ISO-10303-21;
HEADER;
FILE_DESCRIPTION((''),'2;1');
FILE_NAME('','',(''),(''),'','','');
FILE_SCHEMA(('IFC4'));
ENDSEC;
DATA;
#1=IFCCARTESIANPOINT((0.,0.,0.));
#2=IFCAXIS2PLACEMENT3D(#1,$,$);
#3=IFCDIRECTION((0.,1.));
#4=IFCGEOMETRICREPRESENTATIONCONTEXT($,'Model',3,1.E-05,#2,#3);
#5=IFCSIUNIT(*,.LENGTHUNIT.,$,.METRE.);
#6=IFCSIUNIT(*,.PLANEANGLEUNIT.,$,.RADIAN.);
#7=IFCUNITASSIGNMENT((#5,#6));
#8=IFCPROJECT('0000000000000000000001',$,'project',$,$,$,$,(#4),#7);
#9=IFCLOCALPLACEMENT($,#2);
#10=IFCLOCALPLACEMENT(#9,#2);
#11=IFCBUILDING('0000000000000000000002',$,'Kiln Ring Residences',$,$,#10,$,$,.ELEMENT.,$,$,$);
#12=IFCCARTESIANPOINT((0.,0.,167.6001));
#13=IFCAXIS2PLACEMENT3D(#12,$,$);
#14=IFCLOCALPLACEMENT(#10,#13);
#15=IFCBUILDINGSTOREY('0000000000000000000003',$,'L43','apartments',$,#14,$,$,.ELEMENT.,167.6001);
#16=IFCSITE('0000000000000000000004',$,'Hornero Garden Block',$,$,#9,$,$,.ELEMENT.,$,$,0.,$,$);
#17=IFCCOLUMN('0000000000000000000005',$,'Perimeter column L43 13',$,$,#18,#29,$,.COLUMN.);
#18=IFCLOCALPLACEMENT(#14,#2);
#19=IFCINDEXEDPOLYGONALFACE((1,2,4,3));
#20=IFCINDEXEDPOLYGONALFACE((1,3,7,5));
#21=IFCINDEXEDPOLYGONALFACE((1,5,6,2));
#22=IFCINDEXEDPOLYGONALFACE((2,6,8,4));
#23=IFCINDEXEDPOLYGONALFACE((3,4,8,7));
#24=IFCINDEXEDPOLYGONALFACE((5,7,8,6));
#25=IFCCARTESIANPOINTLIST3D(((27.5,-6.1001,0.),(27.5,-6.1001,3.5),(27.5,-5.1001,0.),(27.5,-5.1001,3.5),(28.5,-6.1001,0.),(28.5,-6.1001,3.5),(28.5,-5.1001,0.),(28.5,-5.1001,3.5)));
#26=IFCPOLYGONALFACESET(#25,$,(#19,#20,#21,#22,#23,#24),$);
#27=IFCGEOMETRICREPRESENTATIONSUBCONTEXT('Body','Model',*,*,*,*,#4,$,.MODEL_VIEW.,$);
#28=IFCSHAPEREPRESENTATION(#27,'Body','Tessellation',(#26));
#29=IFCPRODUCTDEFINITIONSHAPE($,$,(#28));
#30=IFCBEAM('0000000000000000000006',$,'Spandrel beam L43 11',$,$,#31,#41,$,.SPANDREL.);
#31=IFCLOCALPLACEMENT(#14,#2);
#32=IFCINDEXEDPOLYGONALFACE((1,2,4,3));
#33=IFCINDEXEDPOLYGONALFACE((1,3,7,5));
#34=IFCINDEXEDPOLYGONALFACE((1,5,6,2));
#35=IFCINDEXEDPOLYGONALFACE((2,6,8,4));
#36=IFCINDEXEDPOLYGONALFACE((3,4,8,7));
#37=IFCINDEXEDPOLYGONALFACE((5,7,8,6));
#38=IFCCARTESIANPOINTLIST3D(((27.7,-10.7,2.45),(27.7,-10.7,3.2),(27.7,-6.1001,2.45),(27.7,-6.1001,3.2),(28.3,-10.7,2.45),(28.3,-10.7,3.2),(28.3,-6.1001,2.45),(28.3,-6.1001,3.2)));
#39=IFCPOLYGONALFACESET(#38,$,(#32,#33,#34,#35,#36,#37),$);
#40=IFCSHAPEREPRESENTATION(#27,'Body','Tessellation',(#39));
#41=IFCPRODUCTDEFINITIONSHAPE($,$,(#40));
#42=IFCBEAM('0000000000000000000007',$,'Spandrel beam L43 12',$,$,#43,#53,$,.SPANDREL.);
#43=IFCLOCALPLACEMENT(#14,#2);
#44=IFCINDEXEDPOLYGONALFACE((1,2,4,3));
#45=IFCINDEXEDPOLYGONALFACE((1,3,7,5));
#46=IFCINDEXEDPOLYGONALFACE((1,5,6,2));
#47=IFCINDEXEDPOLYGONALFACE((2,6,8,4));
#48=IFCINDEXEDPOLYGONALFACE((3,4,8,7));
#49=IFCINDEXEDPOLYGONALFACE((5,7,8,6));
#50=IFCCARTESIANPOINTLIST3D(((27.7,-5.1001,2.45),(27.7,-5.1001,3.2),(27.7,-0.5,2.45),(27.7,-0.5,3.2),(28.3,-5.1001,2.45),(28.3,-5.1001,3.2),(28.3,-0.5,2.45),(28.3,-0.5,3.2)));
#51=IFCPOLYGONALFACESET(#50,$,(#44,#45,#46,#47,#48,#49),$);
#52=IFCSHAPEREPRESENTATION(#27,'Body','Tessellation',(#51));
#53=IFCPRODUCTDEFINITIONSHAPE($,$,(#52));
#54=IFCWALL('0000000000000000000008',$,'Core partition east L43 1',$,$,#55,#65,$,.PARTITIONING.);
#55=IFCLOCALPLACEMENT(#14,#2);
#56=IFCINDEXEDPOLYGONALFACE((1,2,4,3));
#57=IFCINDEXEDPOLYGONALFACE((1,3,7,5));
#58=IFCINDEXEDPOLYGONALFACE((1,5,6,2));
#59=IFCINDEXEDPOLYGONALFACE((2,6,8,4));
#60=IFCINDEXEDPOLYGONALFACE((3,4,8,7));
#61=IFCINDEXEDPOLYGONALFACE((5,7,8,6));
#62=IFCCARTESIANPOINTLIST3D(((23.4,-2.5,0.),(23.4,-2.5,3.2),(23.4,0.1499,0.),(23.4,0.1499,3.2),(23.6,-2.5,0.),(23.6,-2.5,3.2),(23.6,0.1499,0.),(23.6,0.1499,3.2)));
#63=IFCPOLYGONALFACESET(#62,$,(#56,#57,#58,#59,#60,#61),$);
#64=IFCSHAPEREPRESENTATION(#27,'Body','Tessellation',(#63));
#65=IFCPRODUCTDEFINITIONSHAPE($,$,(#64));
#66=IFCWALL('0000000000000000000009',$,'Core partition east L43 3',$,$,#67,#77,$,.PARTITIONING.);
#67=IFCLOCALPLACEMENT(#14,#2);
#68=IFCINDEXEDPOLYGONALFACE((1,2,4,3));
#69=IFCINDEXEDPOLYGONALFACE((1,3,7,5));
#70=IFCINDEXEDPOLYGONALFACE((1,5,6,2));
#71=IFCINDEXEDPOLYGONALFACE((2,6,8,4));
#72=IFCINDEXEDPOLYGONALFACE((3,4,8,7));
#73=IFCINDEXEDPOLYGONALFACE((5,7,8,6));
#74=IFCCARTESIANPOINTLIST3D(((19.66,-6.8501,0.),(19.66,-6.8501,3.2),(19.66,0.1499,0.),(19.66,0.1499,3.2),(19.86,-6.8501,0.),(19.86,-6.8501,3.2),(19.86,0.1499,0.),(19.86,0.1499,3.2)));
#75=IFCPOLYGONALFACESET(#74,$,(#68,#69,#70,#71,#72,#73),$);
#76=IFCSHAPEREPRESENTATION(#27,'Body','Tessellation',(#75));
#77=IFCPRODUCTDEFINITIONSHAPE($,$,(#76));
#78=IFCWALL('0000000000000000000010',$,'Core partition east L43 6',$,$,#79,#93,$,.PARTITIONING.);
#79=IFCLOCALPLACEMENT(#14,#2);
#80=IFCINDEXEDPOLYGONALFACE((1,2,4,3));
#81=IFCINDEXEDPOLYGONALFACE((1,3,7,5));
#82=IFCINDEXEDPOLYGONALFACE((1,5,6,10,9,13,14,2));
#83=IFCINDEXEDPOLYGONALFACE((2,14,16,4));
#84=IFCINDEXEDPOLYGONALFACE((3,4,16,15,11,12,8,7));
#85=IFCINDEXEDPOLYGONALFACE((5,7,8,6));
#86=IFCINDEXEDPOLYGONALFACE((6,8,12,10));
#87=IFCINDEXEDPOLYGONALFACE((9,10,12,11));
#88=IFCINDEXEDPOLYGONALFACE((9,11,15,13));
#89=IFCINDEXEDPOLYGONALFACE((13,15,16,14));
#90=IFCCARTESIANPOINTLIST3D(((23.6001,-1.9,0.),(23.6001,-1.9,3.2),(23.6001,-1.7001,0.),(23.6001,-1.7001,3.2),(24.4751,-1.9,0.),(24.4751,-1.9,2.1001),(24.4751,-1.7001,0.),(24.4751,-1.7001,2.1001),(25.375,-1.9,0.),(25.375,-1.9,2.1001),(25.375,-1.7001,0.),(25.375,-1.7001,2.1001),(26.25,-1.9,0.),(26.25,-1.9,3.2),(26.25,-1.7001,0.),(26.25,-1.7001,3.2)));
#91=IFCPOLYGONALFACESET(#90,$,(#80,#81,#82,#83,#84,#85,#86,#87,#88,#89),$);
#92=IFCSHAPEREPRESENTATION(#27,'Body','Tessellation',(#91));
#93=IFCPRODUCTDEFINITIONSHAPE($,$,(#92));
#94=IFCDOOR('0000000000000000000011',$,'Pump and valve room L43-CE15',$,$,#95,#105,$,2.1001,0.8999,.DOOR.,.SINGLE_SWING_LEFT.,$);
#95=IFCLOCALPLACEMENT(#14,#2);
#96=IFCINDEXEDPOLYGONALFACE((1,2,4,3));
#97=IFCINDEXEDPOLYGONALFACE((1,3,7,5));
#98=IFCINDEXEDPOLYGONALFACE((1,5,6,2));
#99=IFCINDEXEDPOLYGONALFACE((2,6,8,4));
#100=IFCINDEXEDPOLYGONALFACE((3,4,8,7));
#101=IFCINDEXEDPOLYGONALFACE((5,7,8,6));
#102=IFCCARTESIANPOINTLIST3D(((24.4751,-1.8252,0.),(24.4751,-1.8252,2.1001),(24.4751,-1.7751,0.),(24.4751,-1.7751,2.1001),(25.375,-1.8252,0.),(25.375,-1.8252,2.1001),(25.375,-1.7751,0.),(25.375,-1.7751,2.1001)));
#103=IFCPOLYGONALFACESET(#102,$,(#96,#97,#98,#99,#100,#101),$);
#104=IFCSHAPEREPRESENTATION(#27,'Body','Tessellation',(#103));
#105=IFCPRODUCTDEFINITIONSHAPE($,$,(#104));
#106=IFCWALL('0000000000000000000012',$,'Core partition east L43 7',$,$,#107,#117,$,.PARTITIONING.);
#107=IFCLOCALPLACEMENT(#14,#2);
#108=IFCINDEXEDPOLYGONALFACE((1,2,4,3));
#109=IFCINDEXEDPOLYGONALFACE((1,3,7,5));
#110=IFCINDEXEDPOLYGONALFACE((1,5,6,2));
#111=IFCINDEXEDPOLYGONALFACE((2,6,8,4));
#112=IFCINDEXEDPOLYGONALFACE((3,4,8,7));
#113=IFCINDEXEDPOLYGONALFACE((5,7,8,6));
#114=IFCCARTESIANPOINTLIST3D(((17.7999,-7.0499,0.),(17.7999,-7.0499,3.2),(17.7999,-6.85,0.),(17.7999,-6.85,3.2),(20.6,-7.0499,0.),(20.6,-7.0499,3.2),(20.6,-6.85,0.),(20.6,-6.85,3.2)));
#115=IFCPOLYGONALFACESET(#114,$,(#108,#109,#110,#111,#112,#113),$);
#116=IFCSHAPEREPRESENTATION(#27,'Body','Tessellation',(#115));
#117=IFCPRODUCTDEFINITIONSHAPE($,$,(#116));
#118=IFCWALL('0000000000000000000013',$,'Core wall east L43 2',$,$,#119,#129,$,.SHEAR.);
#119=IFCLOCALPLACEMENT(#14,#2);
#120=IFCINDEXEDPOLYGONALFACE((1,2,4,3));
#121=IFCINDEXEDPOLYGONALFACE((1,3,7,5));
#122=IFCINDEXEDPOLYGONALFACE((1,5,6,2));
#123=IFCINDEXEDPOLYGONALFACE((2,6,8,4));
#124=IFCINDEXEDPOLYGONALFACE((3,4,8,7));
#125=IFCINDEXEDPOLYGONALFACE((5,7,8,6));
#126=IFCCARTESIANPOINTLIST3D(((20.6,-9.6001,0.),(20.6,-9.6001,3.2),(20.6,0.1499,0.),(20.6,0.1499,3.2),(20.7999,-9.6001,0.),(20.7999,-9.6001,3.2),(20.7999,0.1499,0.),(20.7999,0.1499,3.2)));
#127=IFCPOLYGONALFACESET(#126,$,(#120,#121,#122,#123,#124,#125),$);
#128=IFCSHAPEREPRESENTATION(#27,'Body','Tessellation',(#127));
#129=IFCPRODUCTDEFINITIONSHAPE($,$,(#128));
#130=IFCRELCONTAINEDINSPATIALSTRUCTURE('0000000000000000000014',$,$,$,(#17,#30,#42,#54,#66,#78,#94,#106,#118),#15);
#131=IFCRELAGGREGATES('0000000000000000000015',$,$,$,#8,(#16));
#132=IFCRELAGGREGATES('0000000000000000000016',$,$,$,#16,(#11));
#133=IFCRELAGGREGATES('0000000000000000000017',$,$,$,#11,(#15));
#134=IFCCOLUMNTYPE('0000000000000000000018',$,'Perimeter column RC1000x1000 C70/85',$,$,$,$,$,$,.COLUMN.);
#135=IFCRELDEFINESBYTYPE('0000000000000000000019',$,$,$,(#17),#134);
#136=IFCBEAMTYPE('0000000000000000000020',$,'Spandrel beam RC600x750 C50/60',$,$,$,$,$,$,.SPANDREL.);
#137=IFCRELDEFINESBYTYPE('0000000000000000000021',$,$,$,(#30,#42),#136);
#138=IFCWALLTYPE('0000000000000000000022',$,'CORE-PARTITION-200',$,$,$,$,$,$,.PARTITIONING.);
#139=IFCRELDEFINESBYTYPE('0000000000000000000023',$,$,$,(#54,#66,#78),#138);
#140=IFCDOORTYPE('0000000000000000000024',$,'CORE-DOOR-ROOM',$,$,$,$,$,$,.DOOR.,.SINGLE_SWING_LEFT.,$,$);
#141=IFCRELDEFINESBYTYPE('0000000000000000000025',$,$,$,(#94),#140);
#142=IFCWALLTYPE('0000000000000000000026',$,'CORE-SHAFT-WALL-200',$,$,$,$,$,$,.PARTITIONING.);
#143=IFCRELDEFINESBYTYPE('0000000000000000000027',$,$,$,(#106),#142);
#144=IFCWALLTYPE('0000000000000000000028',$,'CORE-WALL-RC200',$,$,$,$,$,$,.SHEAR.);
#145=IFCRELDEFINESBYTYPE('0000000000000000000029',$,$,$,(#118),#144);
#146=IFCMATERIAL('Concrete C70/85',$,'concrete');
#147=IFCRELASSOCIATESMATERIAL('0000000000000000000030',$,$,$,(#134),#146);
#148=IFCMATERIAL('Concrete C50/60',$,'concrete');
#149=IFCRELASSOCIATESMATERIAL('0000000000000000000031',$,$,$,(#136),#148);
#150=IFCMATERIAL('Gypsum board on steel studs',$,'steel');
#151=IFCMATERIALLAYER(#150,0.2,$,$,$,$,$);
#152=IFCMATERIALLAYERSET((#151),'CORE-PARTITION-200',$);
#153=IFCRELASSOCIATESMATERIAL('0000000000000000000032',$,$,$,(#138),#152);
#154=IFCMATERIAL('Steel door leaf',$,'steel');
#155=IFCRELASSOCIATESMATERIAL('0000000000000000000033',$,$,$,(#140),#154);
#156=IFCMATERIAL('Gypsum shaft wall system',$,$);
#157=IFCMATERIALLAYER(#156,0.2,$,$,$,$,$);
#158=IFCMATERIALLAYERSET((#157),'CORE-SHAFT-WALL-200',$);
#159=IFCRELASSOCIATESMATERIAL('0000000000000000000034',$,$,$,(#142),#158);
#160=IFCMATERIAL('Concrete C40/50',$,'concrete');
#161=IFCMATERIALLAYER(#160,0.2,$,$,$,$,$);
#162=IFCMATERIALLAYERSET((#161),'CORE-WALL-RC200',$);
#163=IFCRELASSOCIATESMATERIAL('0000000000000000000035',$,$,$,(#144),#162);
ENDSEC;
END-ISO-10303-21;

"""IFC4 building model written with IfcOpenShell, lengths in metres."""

from ifc_helpers import new_model, si_unit, direction, frame, frame_2d, origin, origin_2d, place, context, subcontext, project, spatial, rectangle, extrude, material, layer, layer_set, material_profile, profile_set, type_object, element, fill, save


model = new_model("IFC4")

# Units and contexts
model_context = context("Model", 3, precision=1e-05, world=origin(), true_north=direction((0.0, 1.0)))
body_context = subcontext(model_context, "Body", "Model", "MODEL_VIEW")
ifc_project = project(units=[si_unit("LENGTHUNIT", "METRE"), si_unit("PLANEANGLEUNIT", "RADIAN")], contexts=[model_context])

# Site, building, storey
site_placement = place(None, origin())
site = spatial("IfcSite", under=ifc_project, at=site_placement, Name="Hornero Garden Block", CompositionType="ELEMENT", RefElevation=0.0)
building_placement = place(site_placement, origin())
building = spatial("IfcBuilding", under=site, at=building_placement, Name="Kiln Ring Residences", CompositionType="ELEMENT")
storey_placement = place(building_placement, frame((0.0, 0.0, 167.6001)))
storey = spatial("IfcBuildingStorey", under=building, at=storey_placement, Name="L43", Description="apartments", CompositionType="ELEMENT", Elevation=167.6001)

# Column
ifc_material_1 = material(Name="Concrete C70/85", Category="concrete")
ifc_material_profile_1 = material_profile(ifc_material_1, rectangle(XDim=1.0, YDim=1.0, at=origin_2d()), Name="RC1000x1000")
ifc_profile_set_1 = profile_set([ifc_material_profile_1], Name="Concrete C70/85")
column_type = type_object("IfcColumnType", Name="Perimeter column RC1000x1000 C70/85", PredefinedType="COLUMN", material=ifc_profile_set_1)
column_placement = place(storey_placement, frame((28.0, -5.6001, 0.0), z_axis=(0.0, 0.0, 1.0), x_axis=(1.0, 0.0, 0.0)))
element("IfcColumn", 1, at=column_placement, inside=storey, type_object=column_type, Name="Perimeter column L43 13", PredefinedType="COLUMN", context=body_context, shape_type="SweptSolid", body=[
    extrude(rectangle(XDim=1.0, YDim=1.0, at=origin_2d()), origin(), (0.0, 0.0, 1.0), 3.5),
])

# Beams
ifc_material_2 = material(Name="Concrete C50/60", Category="concrete")
ifc_material_profile_2 = material_profile(ifc_material_2, rectangle(XDim=0.6001, YDim=0.75, at=origin_2d()), Name="RC600x750")
ifc_profile_set_2 = profile_set([ifc_material_profile_2], Name="Concrete C50/60")
beam_type = type_object("IfcBeamType", Name="Spandrel beam RC600x750 C50/60", PredefinedType="SPANDREL", material=ifc_profile_set_2)
beam_1_placement = place(storey_placement, frame((28.0, -10.7, 2.825), z_axis=(0.0, 1.0, 0.0), x_axis=(-1.0, 0.0, 0.0)))
element("IfcBeam", 2, at=beam_1_placement, inside=storey, type_object=beam_type, Name="Spandrel beam L43 11", PredefinedType="SPANDREL", context=body_context, shape_type="SweptSolid", body=[
    extrude(rectangle(XDim=0.6001, YDim=0.75, at=origin_2d()), origin(), (0.0, 0.0, 1.0), 4.5999),
])
beam_2_placement = place(storey_placement, frame((28.0, -5.1001, 2.825), z_axis=(0.0, 1.0, 0.0), x_axis=(-1.0, 0.0, 0.0)))
element("IfcBeam", 3, at=beam_2_placement, inside=storey, type_object=beam_type, Name="Spandrel beam L43 12", PredefinedType="SPANDREL", context=body_context, shape_type="SweptSolid", body=[
    extrude(rectangle(XDim=0.6001, YDim=0.75, at=origin_2d()), origin(), (0.0, 0.0, 1.0), 4.6001),
])

# Walls
ifc_material_3 = material(Name="Gypsum board on steel studs", Category="steel")
ifc_layer_1 = layer(ifc_material_3, 0.2)
ifc_layer_set_1 = layer_set([ifc_layer_1], Name="CORE-PARTITION-200")
wall_type_1 = type_object("IfcWallType", Name="CORE-PARTITION-200", PredefinedType="PARTITIONING", material=ifc_layer_set_1)
wall_1_placement = place(storey_placement, frame((23.5, -2.5, 0.0), z_axis=(0.0, 0.0, 1.0), x_axis=(0.0, 1.0, 0.0)))
element("IfcWall", 4, at=wall_1_placement, inside=storey, type_object=wall_type_1, Name="Core partition east L43 1", PredefinedType="PARTITIONING", context=body_context, shape_type="SweptSolid", body=[
    extrude(rectangle(XDim=2.6499, YDim=0.2, at=frame_2d((1.325, 0.0))), origin(), (0.0, 0.0, 1.0), 3.2),
])
wall_2_placement = place(storey_placement, frame((19.76, -6.8501, 0.0), z_axis=(0.0, 0.0, 1.0), x_axis=(0.0, 1.0, 0.0)))
element("IfcWall", 5, at=wall_2_placement, inside=storey, type_object=wall_type_1, Name="Core partition east L43 3", PredefinedType="PARTITIONING", context=body_context, shape_type="SweptSolid", body=[
    extrude(rectangle(XDim=7.0, YDim=0.2, at=frame_2d((3.5, 0.0))), origin(), (0.0, 0.0, 1.0), 3.2),
])

# Wall, opening, door
wall_3_placement = place(storey_placement, frame((23.6001, -1.8, 0.0), z_axis=(0.0, 0.0, 1.0), x_axis=(1.0, 0.0, 0.0)))
wall_3 = element("IfcWall", 6, at=wall_3_placement, inside=storey, type_object=wall_type_1, Name="Core partition east L43 6", PredefinedType="PARTITIONING", context=body_context, shape_type="SweptSolid", body=[
    extrude(rectangle(XDim=2.6499, YDim=0.2, at=frame_2d((1.325, 0.0))), origin(), (0.0, 0.0, 1.0), 3.2),
])
opening_1_placement = place(wall_3_placement, frame((0.875, 0.0, 0.0)))
opening_1 = element("IfcOpeningElement", 7, at=opening_1_placement, cuts=wall_3, PredefinedType="OPENING", context=body_context, shape_type="SweptSolid", body=[
    extrude(rectangle(XDim=0.8999, YDim=2.1001, at=frame_2d((0.45, 1.05))), frame((0.0, 0.1099, 0.0), z_axis=(0.0, -1.0, 0.0), x_axis=(1.0, 0.0, 0.0)), (0.0, 0.0, 1.0), 0.22),
])
ifc_material_4 = material(Name="Steel door leaf", Category="steel")
door_type_1 = type_object("IfcDoorType", Name="CORE-DOOR-ROOM", OperationType="SINGLE_SWING_LEFT", PredefinedType="DOOR", material=ifc_material_4)
door_1_placement = place(opening_1_placement, origin())
door_1 = element("IfcDoor", 8, at=door_1_placement, inside=storey, type_object=door_type_1, Name="Pump and valve room L43-CE15", OperationType="SINGLE_SWING_LEFT", OverallHeight=2.1001, OverallWidth=0.8999, PredefinedType="DOOR", context=body_context, shape_type="SweptSolid", body=[
    extrude(rectangle(XDim=0.8999, YDim=2.1001, at=frame_2d((0.45, 1.05))), frame((0.0, 0.0249, 0.0), z_axis=(0.0, -1.0, 0.0), x_axis=(1.0, 0.0, 0.0)), (0.0, 0.0, 1.0), 0.05),
])
fill(opening_1, door_1)

# Walls
ifc_material_5 = material(Name="Gypsum shaft wall system")
ifc_layer_2 = layer(ifc_material_5, 0.2)
ifc_layer_set_2 = layer_set([ifc_layer_2], Name="CORE-SHAFT-WALL-200")
wall_type_2 = type_object("IfcWallType", Name="CORE-SHAFT-WALL-200", PredefinedType="PARTITIONING", material=ifc_layer_set_2)
wall_4_placement = place(storey_placement, frame((17.8, -6.95, 0.0), z_axis=(0.0, 0.0, 1.0), x_axis=(1.0, 0.0, 0.0)))
element("IfcWall", 9, at=wall_4_placement, inside=storey, type_object=wall_type_2, Name="Core partition east L43 7", PredefinedType="PARTITIONING", context=body_context, shape_type="SweptSolid", body=[
    extrude(rectangle(XDim=2.8, YDim=0.2, at=frame_2d((1.3999, 0.0))), origin(), (0.0, 0.0, 1.0), 3.2),
])
ifc_material_6 = material(Name="Concrete C40/50", Category="concrete")
ifc_layer_3 = layer(ifc_material_6, 0.2)
ifc_layer_set_3 = layer_set([ifc_layer_3], Name="CORE-WALL-RC200")
wall_type_3 = type_object("IfcWallType", Name="CORE-WALL-RC200", PredefinedType="SHEAR", material=ifc_layer_set_3)
wall_5_placement = place(storey_placement, frame((20.7, -9.6001, 0.0), z_axis=(0.0, 0.0, 1.0), x_axis=(0.0, 1.0, 0.0)))
element("IfcWall", 10, at=wall_5_placement, inside=storey, type_object=wall_type_3, Name="Core wall east L43 2", PredefinedType="SHEAR", context=body_context, shape_type="SweptSolid", body=[
    extrude(rectangle(XDim=9.75, YDim=0.2, at=frame_2d((4.875, 0.0))), origin(), (0.0, 0.0, 1.0), 3.2),
])

save(model, "model.ifc")
